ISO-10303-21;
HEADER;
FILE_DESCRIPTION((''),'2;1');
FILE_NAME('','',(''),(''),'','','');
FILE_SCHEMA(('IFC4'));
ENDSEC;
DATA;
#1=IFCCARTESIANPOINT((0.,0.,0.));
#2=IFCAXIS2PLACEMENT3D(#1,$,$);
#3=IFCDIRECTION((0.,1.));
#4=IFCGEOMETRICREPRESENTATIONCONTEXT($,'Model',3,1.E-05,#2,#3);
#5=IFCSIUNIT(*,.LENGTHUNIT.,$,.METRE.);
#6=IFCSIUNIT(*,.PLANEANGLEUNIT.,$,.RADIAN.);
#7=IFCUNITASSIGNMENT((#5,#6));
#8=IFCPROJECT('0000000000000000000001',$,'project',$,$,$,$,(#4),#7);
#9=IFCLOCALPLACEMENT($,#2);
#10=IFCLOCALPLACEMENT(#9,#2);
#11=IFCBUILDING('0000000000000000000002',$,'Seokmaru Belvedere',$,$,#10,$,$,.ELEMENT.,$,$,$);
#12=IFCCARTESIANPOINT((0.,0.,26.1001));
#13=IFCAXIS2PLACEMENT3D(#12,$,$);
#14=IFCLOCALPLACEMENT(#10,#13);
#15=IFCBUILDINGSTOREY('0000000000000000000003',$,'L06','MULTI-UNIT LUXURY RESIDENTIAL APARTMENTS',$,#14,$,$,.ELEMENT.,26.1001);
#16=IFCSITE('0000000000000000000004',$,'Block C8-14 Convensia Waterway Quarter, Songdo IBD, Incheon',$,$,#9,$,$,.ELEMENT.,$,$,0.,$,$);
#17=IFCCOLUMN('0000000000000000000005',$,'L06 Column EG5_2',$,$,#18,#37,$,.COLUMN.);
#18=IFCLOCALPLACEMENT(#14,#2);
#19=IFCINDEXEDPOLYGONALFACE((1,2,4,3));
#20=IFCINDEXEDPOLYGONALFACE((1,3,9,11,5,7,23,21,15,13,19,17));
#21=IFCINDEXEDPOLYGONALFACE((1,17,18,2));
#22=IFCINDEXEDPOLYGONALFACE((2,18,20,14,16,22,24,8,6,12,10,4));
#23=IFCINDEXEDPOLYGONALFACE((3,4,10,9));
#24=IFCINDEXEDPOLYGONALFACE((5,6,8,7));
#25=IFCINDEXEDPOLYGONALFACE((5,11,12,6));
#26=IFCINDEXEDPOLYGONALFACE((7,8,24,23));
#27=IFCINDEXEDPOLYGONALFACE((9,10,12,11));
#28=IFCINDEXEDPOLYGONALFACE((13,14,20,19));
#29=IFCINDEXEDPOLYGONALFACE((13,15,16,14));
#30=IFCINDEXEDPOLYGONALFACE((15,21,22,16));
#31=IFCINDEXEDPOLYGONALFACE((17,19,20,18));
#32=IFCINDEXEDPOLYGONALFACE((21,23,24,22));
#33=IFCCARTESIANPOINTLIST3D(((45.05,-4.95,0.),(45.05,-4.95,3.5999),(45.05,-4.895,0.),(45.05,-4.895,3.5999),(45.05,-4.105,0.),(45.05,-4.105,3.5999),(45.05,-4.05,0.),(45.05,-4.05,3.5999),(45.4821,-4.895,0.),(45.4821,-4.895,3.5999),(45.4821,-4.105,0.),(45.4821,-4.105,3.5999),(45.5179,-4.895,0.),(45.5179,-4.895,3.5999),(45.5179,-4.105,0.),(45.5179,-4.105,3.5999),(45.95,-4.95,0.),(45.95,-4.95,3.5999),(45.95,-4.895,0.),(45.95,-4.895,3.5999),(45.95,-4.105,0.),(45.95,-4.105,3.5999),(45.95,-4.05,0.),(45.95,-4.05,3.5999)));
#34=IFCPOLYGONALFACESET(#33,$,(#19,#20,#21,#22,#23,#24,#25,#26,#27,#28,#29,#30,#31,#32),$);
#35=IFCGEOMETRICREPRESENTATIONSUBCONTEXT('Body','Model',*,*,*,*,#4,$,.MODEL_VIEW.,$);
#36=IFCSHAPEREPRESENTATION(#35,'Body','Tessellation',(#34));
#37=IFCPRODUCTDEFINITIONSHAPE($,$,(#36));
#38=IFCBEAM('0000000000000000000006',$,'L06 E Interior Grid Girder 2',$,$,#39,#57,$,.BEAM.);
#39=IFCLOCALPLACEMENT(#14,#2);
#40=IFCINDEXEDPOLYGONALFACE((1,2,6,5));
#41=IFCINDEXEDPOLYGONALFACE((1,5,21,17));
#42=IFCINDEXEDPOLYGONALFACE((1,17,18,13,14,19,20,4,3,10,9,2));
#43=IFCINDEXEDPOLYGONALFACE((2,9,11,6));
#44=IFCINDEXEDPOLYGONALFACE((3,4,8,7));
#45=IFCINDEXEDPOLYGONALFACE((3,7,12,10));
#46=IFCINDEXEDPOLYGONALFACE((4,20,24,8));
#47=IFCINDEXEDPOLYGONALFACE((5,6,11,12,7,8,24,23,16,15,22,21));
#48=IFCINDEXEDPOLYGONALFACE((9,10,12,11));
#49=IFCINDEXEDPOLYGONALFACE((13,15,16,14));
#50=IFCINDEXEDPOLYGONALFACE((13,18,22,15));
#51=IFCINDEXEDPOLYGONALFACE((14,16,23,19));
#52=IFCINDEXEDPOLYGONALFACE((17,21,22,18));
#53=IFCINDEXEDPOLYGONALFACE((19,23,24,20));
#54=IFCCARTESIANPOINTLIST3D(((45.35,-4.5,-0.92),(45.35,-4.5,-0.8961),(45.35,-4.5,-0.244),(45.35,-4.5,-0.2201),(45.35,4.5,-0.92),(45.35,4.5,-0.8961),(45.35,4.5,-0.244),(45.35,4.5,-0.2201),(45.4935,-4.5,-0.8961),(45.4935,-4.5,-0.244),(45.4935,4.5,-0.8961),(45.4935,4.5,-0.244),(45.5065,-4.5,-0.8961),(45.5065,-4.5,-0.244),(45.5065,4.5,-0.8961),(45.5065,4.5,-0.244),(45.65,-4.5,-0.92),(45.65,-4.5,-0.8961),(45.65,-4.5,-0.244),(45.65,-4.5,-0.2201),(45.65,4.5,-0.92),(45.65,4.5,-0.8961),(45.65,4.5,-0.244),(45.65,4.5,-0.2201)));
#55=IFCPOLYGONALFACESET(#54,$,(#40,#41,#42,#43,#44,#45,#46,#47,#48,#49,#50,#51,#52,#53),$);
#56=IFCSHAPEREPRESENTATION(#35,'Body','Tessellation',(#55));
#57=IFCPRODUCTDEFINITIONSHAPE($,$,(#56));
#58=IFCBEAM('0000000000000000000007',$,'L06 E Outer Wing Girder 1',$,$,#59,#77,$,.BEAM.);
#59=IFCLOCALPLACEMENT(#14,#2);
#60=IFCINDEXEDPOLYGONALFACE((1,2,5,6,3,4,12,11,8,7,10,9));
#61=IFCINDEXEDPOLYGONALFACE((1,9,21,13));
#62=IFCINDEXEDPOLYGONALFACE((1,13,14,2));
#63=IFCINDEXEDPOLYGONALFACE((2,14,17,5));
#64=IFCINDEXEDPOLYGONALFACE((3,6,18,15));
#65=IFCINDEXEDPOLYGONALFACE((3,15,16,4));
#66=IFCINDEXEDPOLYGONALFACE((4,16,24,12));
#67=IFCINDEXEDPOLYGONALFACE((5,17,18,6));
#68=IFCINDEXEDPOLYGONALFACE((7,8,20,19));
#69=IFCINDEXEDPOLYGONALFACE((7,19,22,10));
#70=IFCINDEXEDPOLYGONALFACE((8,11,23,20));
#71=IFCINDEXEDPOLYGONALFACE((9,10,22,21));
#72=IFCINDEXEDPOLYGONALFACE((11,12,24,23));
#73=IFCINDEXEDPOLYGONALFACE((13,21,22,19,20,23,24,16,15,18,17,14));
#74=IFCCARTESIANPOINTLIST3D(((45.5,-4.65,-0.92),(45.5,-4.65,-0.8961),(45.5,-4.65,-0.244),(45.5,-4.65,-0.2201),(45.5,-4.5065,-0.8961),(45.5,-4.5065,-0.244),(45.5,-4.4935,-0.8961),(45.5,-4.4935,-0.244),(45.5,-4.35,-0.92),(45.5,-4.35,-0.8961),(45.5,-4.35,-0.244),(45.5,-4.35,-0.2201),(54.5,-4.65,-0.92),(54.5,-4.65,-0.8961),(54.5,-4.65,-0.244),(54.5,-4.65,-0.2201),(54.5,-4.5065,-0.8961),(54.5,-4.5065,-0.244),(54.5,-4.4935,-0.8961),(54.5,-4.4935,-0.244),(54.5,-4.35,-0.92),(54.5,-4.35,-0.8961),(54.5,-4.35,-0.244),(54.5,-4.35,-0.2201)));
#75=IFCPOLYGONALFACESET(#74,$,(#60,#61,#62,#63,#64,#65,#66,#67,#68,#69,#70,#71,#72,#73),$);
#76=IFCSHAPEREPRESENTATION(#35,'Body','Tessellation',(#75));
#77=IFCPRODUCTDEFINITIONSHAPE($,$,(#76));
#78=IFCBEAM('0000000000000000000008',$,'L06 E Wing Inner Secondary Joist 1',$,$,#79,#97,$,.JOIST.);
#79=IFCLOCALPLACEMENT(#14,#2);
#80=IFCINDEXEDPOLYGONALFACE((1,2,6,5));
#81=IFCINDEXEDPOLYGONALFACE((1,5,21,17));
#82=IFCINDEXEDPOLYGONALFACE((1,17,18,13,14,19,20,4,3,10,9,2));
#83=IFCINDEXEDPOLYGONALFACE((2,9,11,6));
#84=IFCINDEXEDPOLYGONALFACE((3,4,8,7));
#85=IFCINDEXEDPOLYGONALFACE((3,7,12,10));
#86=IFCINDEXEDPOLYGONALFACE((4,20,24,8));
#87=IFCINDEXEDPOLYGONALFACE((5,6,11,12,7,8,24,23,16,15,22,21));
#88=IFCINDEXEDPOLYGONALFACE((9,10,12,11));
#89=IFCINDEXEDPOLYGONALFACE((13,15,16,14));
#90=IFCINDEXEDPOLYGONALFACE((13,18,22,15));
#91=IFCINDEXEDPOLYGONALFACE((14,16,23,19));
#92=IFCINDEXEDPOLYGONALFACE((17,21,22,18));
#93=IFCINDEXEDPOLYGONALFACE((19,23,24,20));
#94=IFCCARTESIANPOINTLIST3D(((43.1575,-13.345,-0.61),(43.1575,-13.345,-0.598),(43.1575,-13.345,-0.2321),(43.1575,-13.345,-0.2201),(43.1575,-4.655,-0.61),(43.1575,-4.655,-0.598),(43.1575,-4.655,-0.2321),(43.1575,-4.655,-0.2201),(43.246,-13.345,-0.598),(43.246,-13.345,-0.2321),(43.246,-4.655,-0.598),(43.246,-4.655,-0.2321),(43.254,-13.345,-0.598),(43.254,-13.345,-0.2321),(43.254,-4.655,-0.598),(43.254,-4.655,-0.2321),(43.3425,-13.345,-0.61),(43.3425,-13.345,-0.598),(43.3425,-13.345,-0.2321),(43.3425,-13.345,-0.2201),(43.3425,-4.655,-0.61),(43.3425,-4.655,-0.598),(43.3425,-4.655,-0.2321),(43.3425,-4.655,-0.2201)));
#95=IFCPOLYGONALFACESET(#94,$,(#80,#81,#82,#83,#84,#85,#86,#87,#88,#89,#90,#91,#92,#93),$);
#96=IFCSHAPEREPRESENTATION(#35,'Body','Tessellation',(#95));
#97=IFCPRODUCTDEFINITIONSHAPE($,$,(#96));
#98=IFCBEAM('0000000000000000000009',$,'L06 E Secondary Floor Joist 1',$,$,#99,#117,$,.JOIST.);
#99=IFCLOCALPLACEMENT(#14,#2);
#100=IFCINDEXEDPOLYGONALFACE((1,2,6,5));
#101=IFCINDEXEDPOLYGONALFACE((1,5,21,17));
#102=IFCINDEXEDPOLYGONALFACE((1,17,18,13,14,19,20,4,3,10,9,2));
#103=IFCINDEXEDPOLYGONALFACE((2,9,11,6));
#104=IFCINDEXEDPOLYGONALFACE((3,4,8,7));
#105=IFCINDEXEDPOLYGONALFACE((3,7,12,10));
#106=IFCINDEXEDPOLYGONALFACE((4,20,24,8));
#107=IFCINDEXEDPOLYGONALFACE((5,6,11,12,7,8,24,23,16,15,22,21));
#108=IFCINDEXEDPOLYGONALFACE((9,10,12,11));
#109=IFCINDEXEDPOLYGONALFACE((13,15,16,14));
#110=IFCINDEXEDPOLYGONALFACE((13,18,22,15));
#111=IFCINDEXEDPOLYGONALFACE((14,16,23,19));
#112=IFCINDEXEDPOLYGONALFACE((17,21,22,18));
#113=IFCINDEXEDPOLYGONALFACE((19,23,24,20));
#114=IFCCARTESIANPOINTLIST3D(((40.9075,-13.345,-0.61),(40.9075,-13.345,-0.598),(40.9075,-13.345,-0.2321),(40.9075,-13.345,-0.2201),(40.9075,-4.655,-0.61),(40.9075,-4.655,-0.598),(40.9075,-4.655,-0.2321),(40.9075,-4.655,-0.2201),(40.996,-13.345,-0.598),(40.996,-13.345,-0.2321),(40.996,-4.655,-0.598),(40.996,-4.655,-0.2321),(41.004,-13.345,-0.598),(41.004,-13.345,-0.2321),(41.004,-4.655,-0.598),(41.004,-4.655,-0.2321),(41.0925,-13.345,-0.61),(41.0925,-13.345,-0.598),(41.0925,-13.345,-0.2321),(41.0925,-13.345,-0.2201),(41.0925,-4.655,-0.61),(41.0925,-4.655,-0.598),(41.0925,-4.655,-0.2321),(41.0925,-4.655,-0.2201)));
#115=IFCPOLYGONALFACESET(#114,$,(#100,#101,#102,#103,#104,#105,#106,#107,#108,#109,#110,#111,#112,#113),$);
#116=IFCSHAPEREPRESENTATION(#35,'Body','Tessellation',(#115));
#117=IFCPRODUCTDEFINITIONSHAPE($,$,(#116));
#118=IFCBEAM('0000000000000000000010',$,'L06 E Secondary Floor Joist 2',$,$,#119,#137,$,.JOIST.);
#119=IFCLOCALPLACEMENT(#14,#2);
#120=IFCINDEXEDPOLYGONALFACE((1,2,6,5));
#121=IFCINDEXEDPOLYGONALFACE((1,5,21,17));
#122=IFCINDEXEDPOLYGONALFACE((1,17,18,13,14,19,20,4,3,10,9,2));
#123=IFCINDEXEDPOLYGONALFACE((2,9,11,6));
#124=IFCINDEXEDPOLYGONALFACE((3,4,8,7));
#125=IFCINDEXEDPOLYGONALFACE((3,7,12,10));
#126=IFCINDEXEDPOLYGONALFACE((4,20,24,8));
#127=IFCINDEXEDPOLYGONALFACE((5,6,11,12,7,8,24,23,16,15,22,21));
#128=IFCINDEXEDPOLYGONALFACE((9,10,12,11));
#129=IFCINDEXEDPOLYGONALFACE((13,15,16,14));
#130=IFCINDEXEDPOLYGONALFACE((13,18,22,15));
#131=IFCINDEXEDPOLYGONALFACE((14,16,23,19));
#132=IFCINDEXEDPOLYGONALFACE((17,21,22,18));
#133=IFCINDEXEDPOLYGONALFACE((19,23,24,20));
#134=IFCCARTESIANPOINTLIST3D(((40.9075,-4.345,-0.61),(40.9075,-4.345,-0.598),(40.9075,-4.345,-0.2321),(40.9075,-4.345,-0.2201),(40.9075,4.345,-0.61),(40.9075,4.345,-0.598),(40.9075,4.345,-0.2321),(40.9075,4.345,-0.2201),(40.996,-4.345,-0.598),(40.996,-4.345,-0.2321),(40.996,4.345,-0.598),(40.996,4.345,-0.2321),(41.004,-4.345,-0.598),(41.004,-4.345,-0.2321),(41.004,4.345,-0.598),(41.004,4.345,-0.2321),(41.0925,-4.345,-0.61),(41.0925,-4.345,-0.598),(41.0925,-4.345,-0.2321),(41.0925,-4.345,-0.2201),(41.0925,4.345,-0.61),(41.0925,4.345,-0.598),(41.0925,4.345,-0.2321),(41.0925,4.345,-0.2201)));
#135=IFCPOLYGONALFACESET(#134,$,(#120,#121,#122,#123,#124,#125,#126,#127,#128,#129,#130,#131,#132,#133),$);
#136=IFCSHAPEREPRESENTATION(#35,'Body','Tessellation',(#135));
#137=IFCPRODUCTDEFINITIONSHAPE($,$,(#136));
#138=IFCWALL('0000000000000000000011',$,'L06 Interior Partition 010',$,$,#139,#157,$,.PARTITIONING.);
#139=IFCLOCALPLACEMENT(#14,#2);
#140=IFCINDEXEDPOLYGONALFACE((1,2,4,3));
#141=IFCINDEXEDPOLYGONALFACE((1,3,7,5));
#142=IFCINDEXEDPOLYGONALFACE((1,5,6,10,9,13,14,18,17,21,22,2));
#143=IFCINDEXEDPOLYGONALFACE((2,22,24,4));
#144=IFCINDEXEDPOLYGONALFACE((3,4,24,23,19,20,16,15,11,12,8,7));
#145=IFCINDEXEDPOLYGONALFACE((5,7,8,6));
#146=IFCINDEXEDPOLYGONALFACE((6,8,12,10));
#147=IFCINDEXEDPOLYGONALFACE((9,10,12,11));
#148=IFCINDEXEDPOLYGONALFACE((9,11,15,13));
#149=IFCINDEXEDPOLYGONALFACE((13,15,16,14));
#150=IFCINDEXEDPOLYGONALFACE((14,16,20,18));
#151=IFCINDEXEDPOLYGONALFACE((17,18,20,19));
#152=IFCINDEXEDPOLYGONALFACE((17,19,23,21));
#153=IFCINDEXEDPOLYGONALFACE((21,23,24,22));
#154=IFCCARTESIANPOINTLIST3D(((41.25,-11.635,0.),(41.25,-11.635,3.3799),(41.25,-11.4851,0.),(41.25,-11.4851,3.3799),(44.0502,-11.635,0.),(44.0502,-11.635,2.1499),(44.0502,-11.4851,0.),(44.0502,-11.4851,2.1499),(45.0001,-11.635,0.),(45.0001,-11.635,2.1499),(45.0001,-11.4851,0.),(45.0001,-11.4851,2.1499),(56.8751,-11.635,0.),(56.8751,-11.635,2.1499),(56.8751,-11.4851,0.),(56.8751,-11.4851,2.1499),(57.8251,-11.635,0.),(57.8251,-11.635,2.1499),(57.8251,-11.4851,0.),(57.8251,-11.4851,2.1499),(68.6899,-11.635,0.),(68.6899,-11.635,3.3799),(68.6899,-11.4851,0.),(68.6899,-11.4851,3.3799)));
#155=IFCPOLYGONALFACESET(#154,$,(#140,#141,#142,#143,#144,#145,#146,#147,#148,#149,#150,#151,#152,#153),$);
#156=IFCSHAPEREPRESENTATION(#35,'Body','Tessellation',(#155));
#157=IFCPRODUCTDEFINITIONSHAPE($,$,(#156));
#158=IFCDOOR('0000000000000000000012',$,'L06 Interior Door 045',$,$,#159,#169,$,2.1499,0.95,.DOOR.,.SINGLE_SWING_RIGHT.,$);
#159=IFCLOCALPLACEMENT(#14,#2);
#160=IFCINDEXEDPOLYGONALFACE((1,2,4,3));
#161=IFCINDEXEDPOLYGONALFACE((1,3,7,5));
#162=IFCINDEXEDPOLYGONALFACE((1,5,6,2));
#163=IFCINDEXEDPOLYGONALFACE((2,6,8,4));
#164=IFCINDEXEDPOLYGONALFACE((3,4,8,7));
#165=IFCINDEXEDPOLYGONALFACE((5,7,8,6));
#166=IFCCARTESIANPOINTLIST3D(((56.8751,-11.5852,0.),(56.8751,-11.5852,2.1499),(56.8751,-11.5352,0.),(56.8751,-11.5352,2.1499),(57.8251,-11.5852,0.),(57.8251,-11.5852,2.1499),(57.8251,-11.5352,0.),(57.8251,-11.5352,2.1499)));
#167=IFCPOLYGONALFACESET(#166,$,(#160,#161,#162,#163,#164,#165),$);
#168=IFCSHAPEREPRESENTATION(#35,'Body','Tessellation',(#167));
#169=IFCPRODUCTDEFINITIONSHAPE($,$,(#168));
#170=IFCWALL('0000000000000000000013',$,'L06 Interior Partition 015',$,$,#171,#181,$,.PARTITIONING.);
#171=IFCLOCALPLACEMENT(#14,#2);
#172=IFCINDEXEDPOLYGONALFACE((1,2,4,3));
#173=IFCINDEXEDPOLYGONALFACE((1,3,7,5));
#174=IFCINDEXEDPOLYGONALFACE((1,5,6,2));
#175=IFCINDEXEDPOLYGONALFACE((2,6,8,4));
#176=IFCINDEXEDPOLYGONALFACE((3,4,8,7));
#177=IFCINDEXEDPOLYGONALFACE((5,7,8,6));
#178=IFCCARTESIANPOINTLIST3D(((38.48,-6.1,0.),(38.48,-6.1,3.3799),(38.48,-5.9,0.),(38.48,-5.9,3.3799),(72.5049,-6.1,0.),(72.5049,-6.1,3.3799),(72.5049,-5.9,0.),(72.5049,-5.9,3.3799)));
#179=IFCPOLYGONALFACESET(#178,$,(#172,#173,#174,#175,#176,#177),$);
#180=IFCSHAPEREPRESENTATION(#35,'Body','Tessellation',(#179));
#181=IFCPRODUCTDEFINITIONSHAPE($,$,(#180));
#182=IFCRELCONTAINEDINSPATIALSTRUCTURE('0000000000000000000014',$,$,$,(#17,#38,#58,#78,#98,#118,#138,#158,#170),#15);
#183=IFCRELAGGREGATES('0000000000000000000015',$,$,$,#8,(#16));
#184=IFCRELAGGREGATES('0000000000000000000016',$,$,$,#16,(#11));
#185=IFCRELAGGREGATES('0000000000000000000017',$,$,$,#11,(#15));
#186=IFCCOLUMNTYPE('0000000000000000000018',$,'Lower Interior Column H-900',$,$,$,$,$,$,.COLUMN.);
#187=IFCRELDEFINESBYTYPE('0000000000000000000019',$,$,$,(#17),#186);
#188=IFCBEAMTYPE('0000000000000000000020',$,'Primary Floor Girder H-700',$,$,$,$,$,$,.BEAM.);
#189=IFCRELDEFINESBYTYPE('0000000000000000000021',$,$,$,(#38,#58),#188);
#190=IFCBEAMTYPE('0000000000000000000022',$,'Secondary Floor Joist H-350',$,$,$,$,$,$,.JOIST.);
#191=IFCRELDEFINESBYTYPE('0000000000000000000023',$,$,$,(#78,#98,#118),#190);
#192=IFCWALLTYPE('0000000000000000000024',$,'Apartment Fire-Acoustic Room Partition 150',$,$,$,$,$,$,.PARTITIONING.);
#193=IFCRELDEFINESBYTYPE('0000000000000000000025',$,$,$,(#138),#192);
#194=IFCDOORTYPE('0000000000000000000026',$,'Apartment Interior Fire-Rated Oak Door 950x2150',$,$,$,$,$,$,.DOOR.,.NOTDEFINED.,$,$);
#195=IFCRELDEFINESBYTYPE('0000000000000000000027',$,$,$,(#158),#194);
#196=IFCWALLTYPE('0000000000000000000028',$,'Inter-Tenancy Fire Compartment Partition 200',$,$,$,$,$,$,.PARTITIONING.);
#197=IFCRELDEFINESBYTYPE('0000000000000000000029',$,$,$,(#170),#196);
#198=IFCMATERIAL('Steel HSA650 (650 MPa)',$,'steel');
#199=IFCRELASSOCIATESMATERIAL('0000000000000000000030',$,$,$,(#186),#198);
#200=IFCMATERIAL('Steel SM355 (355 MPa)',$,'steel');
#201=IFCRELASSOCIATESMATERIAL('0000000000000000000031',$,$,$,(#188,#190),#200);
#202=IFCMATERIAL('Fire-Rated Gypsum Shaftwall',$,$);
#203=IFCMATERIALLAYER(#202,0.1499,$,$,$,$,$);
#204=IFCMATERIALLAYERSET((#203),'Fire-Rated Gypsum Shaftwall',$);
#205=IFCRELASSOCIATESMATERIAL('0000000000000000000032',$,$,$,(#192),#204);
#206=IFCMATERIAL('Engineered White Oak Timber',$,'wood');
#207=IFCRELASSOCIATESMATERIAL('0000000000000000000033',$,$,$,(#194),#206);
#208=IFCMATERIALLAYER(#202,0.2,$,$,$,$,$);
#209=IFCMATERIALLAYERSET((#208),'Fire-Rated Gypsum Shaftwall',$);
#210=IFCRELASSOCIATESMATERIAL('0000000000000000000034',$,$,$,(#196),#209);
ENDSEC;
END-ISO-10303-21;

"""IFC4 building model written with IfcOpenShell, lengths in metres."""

from ifc_helpers import new_model, si_unit, direction, frame, frame_2d, origin, origin_2d, place, context, subcontext, project, spatial, rectangle, i_section, extrude, source, transform, mapped, material, layer, layer_set, material_profile, profile_set, type_object, type_shapes, element, fill, save


model = new_model("IFC4")

# Units and contexts
model_context = context("Model", 3, precision=1e-05, world=origin(), true_north=direction((0.0, 1.0)))
body_context = subcontext(model_context, "Body", "Model", "MODEL_VIEW")
ifc_project = project(units=[si_unit("LENGTHUNIT", "METRE"), si_unit("PLANEANGLEUNIT", "RADIAN")], contexts=[model_context])

# Site, building, storey
site_placement = place(None, origin())
site = spatial("IfcSite", under=ifc_project, at=site_placement, Name="Block C8-14 Convensia Waterway Quarter, Songdo IBD, Incheon", CompositionType="ELEMENT", RefElevation=0.0)
building_placement = place(site_placement, origin())
building = spatial("IfcBuilding", under=site, at=building_placement, Name="Seokmaru Belvedere", CompositionType="ELEMENT")
storey_placement = place(building_placement, frame((0.0, 0.0, 26.1001)))
storey = spatial("IfcBuildingStorey", under=building, at=storey_placement, Name="L06", Description="MULTI-UNIT LUXURY RESIDENTIAL APARTMENTS", CompositionType="ELEMENT", Elevation=26.1001)

# Column
ifc_material_1 = material(Name="Steel HSA650 (650 MPa)", Category="steel")
ifc_material_profile_1 = material_profile(ifc_material_1, i_section(OverallWidth=0.8999, OverallDepth=0.8999, WebThickness=0.0359, FlangeThickness=0.0549, at=origin_2d()), Name="H-900x900x36x55")
ifc_profile_set_1 = profile_set([ifc_material_profile_1], Name="Steel HSA650 (650 MPa)")
column_type = type_object("IfcColumnType", Name="Lower Interior Column H-900", PredefinedType="COLUMN", material=ifc_profile_set_1)
shared_shape_1 = source(origin(), body_context, "Body", "SweptSolid", [
    extrude(i_section(OverallWidth=0.8999, OverallDepth=0.8999, WebThickness=0.0359, FlangeThickness=0.0549, at=origin_2d()), origin(), (0.0, 0.0, 1.0), 3.5999),
])
type_shapes(column_type, [shared_shape_1])
column_placement = place(storey_placement, frame((45.5, -4.5, 0.0), z_axis=(0.0, 0.0, 1.0), x_axis=(1.0, 0.0, 0.0)))
element("IfcColumn", 1, at=column_placement, inside=storey, type_object=column_type, Name="L06 Column EG5_2", PredefinedType="COLUMN", context=body_context, shape_type="MappedRepresentation", body=[
    mapped(shared_shape_1, transform((0.0, 0.0, 0.0), scale=1.0)),
])

# Beams
ifc_material_2 = material(Name="Steel SM355 (355 MPa)", Category="steel")
ifc_material_profile_2 = material_profile(ifc_material_2, i_section(OverallWidth=0.3, OverallDepth=0.7, WebThickness=0.0129, FlangeThickness=0.0239, at=origin_2d()), Name="H-700x300x13x24")
ifc_profile_set_2 = profile_set([ifc_material_profile_2], Name="Steel SM355 (355 MPa)")
beam_type_1 = type_object("IfcBeamType", Name="Primary Floor Girder H-700", PredefinedType="BEAM", material=ifc_profile_set_2)
shared_shape_2 = source(origin(), body_context, "Body", "SweptSolid", [
    extrude(i_section(OverallWidth=0.3, OverallDepth=0.7, WebThickness=0.0129, FlangeThickness=0.0239, at=origin_2d()), origin(), (0.0, 0.0, 1.0), 9.0),
])
type_shapes(beam_type_1, [shared_shape_2])
for number, where, z_axis, x_axis, name in (
    (2, (45.5, -4.5, -0.5701), (0.0, 1.0, 0.0), (-1.0, 0.0, 0.0), "L06 E Interior Grid Girder 2"),
    (3, (45.5, -4.5, -0.5701), (1.0, 0.0, 0.0), (0.0, 1.0, 0.0), "L06 E Outer Wing Girder 1"),
):
    element("IfcBeam", number, at=place(storey_placement, frame(where, z_axis=z_axis, x_axis=x_axis)), inside=storey, type_object=beam_type_1, Name=name, PredefinedType="BEAM", context=body_context, shape_type="MappedRepresentation", body=[
        mapped(shared_shape_2, transform((0.0, 0.0, 0.0), scale=1.0)),
    ])
ifc_material_profile_3 = material_profile(ifc_material_2, i_section(OverallWidth=0.1851, OverallDepth=0.3899, WebThickness=0.0081, FlangeThickness=0.012, at=origin_2d()), Name="H-390x185x8x12")
ifc_profile_set_3 = profile_set([ifc_material_profile_3], Name="Steel SM355 (355 MPa)")
beam_type_2 = type_object("IfcBeamType", Name="Secondary Floor Joist H-350", PredefinedType="JOIST", material=ifc_profile_set_3)
shared_shape_3 = source(origin(), body_context, "Body", "SweptSolid", [
    extrude(i_section(OverallWidth=0.1851, OverallDepth=0.3899, WebThickness=0.0081, FlangeThickness=0.012, at=origin_2d()), origin(), (0.0, 0.0, 1.0), 8.6899),
])
type_shapes(beam_type_2, [shared_shape_3])
for number, where, z_axis, x_axis, name in (
    (4, (43.25, -13.345, -0.415), (0.0, 1.0, 0.0), (-1.0, 0.0, 0.0), "L06 E Wing Inner Secondary Joist 1"),
    (5, (41.0, -13.345, -0.415), (0.0, 1.0, 0.0), (-1.0, 0.0, 0.0), "L06 E Secondary Floor Joist 1"),
    (6, (41.0, -4.345, -0.415), (0.0, 1.0, 0.0), (-1.0, 0.0, 0.0), "L06 E Secondary Floor Joist 2"),
):
    element("IfcBeam", number, at=place(storey_placement, frame(where, z_axis=z_axis, x_axis=x_axis)), inside=storey, type_object=beam_type_2, Name=name, PredefinedType="JOIST", context=body_context, shape_type="MappedRepresentation", body=[
        mapped(shared_shape_3, transform((0.0, 0.0, 0.0), scale=1.0)),
    ])

# Shared definitions
ifc_material_3 = material(Name="Fire-Rated Gypsum Shaftwall")
ifc_layer_1 = layer(ifc_material_3, 0.1499)
ifc_layer_set_1 = layer_set([ifc_layer_1], Name="Fire-Rated Gypsum Shaftwall")
wall_type_1 = type_object("IfcWallType", Name="Apartment Fire-Acoustic Room Partition 150", PredefinedType="PARTITIONING", material=ifc_layer_set_1)

# Wall, openings, door
wall_1_placement = place(storey_placement, frame((41.25, -11.5601, 0.0), z_axis=(0.0, 0.0, 1.0), x_axis=(1.0, 0.0, 0.0)))
wall_1 = element("IfcWall", 7, at=wall_1_placement, inside=storey, type_object=wall_type_1, Name="L06 Interior Partition 010", PredefinedType="PARTITIONING", context=body_context, shape_type="SweptSolid", body=[
    extrude(rectangle(XDim=27.4399, YDim=0.1499, at=frame_2d((13.72, 0.0))), origin(), (0.0, 0.0, 1.0), 3.3799),
])
opening_1_placement = place(wall_1_placement, frame((2.8, 0.0, 0.0)))
element("IfcOpeningElement", 8, at=opening_1_placement, cuts=wall_1, PredefinedType="OPENING", context=body_context, shape_type="SweptSolid", body=[
    extrude(rectangle(XDim=0.95, YDim=2.1499, at=frame_2d((0.4751, 1.075))), frame((0.0, 0.085, 0.0), z_axis=(0.0, -1.0, 0.0), x_axis=(1.0, 0.0, 0.0)), (0.0, 0.0, 1.0), 0.1699),
])
opening_2_placement = place(wall_1_placement, frame((15.625, 0.0, 0.0)))
opening_2 = element("IfcOpeningElement", 9, at=opening_2_placement, cuts=wall_1, PredefinedType="OPENING", context=body_context, shape_type="SweptSolid", body=[
    extrude(rectangle(XDim=0.95, YDim=2.1499, at=frame_2d((0.4751, 1.075))), frame((0.0, 0.085, 0.0), z_axis=(0.0, -1.0, 0.0), x_axis=(1.0, 0.0, 0.0)), (0.0, 0.0, 1.0), 0.1699),
])
ifc_material_4 = material(Name="Engineered White Oak Timber", Category="wood")
door_type_1 = type_object("IfcDoorType", Name="Apartment Interior Fire-Rated Oak Door 950x2150", OperationType="NOTDEFINED", PredefinedType="DOOR", material=ifc_material_4)
shared_shape_4 = source(origin(), body_context, "Body", "SweptSolid", [
    extrude(rectangle(XDim=0.95, YDim=2.1499, at=frame_2d((0.4751, 1.075))), frame((0.0, 0.0249, 0.0), z_axis=(0.0, -1.0, 0.0), x_axis=(1.0, 0.0, 0.0)), (0.0, 0.0, 1.0), 0.05),
])
type_shapes(door_type_1, [shared_shape_4])
door_1_placement = place(opening_2_placement, origin())
door_1 = element("IfcDoor", 10, at=door_1_placement, inside=storey, type_object=door_type_1, Name="L06 Interior Door 045", OperationType="SINGLE_SWING_RIGHT", OverallHeight=2.1499, OverallWidth=0.95, PredefinedType="DOOR", context=body_context, shape_type="MappedRepresentation", body=[
    mapped(shared_shape_4, transform((0.0, 0.0, 0.0), scale=1.0)),
])
fill(opening_2, door_1)

# Wall
ifc_layer_2 = layer(ifc_material_3, 0.2)
ifc_layer_set_2 = layer_set([ifc_layer_2], Name="Fire-Rated Gypsum Shaftwall")
wall_type_2 = type_object("IfcWallType", Name="Inter-Tenancy Fire Compartment Partition 200", PredefinedType="PARTITIONING", material=ifc_layer_set_2)
wall_2_placement = place(storey_placement, frame((38.48, -6.0, 0.0), z_axis=(0.0, 0.0, 1.0), x_axis=(1.0, 0.0, 0.0)))
element("IfcWall", 11, at=wall_2_placement, inside=storey, type_object=wall_type_2, Name="L06 Interior Partition 015", PredefinedType="PARTITIONING", context=body_context, shape_type="SweptSolid", body=[
    extrude(rectangle(XDim=34.0249, YDim=0.2, at=frame_2d((17.0125, 0.0))), origin(), (0.0, 0.0, 1.0), 3.3799),
])

save(model, "model.ifc")
